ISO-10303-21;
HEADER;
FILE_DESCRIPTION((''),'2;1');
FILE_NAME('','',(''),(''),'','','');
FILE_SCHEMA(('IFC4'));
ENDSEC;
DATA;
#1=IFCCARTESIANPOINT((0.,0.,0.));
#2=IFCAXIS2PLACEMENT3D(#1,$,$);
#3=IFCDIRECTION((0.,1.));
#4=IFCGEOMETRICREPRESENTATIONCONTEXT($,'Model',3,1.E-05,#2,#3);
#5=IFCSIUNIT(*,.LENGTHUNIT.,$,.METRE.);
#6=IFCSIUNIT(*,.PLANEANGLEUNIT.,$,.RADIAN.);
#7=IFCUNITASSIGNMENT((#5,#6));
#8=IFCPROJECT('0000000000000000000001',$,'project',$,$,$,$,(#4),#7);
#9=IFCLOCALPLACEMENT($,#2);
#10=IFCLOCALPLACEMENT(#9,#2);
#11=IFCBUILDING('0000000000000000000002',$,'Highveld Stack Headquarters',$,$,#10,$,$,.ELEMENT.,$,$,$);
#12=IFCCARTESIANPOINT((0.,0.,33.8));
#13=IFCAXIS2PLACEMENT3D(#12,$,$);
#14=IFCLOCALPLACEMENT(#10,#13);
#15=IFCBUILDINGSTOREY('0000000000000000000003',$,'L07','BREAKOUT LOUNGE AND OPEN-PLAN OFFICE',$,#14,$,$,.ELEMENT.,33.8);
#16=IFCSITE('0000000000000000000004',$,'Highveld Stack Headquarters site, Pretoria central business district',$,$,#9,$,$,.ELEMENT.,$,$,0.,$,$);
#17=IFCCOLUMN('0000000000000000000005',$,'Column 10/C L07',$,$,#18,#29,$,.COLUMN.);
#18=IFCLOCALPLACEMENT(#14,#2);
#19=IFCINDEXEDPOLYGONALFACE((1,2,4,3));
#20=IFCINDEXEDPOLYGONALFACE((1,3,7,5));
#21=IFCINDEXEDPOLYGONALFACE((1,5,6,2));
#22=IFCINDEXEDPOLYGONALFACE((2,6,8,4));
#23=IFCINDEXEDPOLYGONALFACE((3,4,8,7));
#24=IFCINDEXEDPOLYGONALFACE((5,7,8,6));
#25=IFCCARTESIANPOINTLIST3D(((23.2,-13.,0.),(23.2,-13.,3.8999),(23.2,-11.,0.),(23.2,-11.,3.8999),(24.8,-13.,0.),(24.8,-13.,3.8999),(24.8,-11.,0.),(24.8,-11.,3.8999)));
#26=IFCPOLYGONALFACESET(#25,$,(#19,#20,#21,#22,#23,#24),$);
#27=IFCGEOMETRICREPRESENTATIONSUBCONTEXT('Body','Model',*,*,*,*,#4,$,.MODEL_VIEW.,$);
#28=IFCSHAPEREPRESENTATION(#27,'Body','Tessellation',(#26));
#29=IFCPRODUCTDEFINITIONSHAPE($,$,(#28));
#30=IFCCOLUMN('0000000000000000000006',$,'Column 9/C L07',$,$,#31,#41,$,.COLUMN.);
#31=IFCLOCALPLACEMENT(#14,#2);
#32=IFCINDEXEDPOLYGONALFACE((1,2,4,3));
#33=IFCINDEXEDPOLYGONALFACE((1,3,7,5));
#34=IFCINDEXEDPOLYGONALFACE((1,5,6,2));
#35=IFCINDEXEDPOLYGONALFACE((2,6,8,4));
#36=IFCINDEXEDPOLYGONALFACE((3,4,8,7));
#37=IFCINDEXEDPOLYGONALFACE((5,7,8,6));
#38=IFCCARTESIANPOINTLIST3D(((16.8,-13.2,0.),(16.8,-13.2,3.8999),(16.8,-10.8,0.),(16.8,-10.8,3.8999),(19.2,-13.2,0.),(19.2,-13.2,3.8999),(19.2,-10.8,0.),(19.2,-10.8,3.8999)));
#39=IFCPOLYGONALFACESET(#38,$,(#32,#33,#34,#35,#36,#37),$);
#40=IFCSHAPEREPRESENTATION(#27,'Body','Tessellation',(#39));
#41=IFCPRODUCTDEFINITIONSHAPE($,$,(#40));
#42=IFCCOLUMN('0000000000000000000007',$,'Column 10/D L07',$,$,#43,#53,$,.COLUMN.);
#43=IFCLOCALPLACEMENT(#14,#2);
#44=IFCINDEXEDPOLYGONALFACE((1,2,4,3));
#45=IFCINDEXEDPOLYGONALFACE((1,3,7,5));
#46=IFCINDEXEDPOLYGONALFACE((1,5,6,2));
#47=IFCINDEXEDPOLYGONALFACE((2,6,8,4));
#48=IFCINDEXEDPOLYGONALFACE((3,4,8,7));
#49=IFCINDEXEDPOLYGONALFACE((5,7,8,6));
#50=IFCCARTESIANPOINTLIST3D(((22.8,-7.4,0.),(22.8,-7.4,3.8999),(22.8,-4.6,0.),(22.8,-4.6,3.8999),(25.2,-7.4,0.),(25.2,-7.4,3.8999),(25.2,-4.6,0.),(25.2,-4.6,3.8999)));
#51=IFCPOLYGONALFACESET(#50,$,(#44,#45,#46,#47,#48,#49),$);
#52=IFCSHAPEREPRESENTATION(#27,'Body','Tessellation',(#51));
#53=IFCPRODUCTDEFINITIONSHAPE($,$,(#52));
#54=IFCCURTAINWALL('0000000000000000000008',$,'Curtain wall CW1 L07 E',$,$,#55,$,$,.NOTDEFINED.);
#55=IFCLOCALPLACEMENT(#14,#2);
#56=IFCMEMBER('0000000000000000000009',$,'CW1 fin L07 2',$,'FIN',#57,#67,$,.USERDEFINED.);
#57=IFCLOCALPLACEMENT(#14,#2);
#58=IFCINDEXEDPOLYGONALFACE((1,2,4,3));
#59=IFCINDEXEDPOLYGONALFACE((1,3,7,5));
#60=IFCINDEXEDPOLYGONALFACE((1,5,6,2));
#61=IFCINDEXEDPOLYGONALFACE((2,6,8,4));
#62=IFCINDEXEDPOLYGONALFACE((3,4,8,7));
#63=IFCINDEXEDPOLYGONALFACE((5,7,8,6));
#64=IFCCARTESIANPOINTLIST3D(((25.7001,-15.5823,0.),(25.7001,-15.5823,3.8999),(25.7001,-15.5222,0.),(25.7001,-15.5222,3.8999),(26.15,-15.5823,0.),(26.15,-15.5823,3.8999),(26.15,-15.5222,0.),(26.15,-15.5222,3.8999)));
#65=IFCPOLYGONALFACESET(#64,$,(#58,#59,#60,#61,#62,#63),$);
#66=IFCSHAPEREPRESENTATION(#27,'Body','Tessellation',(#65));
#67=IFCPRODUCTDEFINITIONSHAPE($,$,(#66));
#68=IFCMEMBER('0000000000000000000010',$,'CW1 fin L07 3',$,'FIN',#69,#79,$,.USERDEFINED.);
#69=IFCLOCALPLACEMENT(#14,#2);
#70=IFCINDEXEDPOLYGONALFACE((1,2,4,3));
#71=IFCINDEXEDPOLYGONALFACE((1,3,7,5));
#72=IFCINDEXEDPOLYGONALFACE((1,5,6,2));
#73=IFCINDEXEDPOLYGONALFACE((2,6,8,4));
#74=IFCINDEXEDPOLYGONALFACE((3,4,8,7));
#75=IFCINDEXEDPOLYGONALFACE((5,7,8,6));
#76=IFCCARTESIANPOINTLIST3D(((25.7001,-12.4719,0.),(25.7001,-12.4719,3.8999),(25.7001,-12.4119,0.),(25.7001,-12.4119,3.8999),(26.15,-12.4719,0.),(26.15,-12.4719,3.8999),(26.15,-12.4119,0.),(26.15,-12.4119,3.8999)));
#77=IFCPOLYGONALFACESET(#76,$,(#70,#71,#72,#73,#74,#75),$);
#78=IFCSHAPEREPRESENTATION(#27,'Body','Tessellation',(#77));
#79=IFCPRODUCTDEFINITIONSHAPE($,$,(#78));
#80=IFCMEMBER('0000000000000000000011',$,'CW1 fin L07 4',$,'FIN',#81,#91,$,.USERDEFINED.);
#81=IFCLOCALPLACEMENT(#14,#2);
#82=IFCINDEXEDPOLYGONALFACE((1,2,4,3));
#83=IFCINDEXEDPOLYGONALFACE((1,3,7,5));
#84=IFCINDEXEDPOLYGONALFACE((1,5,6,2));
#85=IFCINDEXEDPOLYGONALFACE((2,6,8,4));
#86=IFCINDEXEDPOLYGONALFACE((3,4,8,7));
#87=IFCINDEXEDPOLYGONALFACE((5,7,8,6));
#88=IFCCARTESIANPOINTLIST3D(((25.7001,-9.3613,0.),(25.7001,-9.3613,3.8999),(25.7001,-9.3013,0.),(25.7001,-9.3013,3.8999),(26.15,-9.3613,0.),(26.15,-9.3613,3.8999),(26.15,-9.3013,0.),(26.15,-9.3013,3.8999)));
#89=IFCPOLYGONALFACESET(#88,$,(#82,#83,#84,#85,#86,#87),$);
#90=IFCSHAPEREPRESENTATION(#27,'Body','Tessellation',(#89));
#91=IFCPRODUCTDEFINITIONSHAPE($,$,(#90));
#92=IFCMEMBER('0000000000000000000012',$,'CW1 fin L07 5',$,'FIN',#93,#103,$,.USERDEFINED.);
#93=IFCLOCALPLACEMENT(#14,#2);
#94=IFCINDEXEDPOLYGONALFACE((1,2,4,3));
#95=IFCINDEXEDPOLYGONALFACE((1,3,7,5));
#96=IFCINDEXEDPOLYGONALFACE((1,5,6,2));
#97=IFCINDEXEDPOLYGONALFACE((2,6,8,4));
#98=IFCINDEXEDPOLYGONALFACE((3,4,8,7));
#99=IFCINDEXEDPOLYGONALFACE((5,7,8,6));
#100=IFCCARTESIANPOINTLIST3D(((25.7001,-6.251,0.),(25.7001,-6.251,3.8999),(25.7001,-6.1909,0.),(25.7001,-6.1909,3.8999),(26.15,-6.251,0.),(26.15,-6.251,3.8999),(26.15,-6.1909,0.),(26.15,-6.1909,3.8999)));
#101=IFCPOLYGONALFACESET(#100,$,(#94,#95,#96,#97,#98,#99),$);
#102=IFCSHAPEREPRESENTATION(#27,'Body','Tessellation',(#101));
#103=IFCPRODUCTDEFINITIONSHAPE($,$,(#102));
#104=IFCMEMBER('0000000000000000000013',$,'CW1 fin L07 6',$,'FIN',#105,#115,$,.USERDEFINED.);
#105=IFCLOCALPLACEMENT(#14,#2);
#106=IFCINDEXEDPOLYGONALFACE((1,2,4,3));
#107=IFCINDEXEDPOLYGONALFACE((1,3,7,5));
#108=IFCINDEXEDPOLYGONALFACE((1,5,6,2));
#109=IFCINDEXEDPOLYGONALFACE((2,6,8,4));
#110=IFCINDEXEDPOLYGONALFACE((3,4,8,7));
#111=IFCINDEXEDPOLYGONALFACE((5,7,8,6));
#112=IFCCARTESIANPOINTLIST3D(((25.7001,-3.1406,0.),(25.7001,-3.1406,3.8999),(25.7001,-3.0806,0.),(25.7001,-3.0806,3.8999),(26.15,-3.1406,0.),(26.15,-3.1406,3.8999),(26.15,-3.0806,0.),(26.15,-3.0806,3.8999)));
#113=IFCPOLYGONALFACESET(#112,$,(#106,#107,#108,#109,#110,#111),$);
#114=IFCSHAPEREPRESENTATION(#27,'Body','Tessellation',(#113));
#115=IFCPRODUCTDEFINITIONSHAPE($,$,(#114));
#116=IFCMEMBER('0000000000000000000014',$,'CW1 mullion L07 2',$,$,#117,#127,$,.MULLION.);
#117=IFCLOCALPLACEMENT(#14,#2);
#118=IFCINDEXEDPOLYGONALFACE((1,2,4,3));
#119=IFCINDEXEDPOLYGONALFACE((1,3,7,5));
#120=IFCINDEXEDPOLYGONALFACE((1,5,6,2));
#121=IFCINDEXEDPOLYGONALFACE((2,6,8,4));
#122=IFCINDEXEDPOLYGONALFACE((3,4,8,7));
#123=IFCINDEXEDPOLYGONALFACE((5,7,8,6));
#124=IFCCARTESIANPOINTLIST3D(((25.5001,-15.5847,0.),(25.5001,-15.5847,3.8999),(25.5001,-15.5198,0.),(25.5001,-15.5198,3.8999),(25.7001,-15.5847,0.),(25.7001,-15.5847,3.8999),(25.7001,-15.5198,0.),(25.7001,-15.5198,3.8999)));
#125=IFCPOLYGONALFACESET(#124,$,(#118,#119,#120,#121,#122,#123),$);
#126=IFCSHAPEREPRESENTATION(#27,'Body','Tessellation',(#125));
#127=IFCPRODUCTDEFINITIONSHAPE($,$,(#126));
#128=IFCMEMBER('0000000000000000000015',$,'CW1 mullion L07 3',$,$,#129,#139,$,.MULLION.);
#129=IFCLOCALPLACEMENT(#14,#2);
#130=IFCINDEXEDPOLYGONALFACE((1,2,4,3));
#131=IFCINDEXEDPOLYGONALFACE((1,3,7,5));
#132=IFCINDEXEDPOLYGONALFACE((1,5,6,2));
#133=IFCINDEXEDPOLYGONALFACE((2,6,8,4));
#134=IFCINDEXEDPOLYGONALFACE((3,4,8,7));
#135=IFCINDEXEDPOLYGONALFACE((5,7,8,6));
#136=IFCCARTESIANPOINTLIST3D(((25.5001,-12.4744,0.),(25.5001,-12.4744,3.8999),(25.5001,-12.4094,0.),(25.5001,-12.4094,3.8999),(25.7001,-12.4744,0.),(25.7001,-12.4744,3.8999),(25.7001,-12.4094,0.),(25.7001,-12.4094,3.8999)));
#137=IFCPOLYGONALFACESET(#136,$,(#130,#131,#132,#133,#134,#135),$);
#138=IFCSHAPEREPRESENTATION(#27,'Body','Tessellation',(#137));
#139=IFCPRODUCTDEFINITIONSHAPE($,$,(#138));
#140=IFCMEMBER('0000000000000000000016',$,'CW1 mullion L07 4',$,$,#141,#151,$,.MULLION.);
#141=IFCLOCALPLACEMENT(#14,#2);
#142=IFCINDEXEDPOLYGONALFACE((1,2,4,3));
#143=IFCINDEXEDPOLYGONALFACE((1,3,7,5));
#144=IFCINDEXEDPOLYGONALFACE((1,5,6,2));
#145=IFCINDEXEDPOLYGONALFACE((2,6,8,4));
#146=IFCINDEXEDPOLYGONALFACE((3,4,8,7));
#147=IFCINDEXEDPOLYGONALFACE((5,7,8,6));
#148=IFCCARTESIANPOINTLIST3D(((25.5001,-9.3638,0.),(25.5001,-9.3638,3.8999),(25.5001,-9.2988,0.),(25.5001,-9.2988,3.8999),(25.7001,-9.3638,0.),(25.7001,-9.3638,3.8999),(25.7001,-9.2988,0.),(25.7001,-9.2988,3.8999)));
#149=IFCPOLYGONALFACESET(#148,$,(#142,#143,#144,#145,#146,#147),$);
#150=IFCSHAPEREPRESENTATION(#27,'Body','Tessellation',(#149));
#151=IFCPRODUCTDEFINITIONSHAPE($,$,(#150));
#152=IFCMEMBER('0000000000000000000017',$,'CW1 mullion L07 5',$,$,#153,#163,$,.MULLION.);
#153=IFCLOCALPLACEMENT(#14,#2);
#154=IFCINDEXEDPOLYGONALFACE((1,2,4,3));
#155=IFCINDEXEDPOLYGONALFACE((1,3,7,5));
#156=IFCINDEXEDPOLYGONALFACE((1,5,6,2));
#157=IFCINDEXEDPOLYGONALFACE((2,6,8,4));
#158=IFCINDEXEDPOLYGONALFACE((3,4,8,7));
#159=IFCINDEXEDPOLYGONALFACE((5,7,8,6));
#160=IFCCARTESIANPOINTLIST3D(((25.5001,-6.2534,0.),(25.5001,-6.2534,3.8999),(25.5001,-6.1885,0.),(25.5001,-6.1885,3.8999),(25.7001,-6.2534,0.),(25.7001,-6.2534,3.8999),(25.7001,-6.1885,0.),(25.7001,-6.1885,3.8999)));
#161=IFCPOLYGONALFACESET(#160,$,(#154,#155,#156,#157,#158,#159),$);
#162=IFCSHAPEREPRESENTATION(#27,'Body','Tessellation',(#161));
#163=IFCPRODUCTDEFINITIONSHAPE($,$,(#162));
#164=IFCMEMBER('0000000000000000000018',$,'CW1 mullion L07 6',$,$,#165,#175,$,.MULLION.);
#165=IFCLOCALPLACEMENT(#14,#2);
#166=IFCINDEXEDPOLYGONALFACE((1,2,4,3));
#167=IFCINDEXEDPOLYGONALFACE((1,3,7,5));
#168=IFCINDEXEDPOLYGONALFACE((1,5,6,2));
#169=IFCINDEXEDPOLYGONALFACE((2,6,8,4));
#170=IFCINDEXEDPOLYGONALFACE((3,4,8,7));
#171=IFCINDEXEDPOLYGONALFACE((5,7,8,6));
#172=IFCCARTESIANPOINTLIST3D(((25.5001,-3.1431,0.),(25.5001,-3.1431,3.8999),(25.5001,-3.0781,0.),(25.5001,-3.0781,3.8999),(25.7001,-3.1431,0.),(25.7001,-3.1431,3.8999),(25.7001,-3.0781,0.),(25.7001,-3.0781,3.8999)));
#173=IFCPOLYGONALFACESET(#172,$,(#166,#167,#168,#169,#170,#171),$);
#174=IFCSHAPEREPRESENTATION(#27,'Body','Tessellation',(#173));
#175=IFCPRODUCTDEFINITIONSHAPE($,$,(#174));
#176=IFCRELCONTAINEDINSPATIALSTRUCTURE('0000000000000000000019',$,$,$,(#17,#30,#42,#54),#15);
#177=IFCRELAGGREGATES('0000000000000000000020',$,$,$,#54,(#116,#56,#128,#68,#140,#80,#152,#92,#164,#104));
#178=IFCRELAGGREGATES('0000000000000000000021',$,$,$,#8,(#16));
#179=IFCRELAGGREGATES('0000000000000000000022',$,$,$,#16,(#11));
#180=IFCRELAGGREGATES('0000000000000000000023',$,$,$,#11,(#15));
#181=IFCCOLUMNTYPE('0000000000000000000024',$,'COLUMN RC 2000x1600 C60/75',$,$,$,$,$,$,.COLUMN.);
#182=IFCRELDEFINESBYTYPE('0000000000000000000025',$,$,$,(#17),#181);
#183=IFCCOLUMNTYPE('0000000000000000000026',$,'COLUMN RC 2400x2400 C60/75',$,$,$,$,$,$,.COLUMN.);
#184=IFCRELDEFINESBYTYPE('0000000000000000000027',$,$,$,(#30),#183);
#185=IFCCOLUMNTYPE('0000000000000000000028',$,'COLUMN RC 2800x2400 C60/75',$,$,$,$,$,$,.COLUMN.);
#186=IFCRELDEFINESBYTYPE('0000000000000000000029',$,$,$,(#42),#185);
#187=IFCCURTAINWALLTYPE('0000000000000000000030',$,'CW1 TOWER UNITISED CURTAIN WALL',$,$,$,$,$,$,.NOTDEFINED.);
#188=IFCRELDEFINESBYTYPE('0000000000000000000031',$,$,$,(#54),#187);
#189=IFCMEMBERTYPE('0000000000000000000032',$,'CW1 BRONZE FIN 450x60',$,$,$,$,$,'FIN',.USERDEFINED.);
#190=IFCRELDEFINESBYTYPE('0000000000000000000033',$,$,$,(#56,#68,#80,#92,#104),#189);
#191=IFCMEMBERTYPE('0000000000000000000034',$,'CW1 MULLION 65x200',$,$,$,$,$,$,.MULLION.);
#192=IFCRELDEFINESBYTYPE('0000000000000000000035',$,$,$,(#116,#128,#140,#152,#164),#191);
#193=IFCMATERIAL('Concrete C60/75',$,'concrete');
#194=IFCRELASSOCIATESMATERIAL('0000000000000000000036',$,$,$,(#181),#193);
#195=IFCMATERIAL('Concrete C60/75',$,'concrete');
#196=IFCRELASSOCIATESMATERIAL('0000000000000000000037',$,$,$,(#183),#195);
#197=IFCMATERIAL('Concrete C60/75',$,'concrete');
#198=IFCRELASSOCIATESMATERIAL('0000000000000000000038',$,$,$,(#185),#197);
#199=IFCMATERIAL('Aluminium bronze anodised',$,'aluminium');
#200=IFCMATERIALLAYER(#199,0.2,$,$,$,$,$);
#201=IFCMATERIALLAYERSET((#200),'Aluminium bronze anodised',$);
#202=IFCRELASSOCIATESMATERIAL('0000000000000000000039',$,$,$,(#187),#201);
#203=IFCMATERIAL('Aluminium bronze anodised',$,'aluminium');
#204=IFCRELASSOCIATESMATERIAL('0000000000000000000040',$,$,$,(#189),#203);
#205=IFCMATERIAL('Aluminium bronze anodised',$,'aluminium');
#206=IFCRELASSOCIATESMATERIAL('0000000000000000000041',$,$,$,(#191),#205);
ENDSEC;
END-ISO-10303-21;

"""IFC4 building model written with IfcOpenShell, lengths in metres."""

from ifc_helpers import new_model, si_unit, direction, frame, origin, origin_2d, place, context, subcontext, project, spatial, rectangle, extrude, material, layer, layer_set, material_profile, profile_set, type_object, element, aggregate, save


model = new_model("IFC4")

# Units and contexts
model_context = context("Model", 3, precision=1e-05, world=origin(), true_north=direction((0.0, 1.0)))
body_context = subcontext(model_context, "Body", "Model", "MODEL_VIEW")
ifc_project = project(units=[si_unit("LENGTHUNIT", "METRE"), si_unit("PLANEANGLEUNIT", "RADIAN")], contexts=[model_context])

# Site, building, storey
site_placement = place(None, origin())
site = spatial("IfcSite", under=ifc_project, at=site_placement, Name="Highveld Stack Headquarters site, Pretoria central business district", CompositionType="ELEMENT", RefElevation=0.0)
building_placement = place(site_placement, origin())
building = spatial("IfcBuilding", under=site, at=building_placement, Name="Highveld Stack Headquarters", CompositionType="ELEMENT")
storey_placement = place(building_placement, frame((0.0, 0.0, 33.8)))
storey = spatial("IfcBuildingStorey", under=building, at=storey_placement, Name="L07", Description="BREAKOUT LOUNGE AND OPEN-PLAN OFFICE", CompositionType="ELEMENT", Elevation=33.8)

# Columns
ifc_material_1 = material(Name="Concrete C60/75", Category="concrete")
ifc_material_profile_1 = material_profile(ifc_material_1, rectangle(XDim=2.0, YDim=1.6001, at=origin_2d()), Name="RC 2000x1600")
ifc_profile_set_1 = profile_set([ifc_material_profile_1], Name="Concrete C60/75")
column_type_1 = type_object("IfcColumnType", Name="COLUMN RC 2000x1600 C60/75", PredefinedType="COLUMN", material=ifc_profile_set_1)
column_1_placement = place(storey_placement, frame((24.0, -12.0, 0.0), z_axis=(0.0, 0.0, 1.0), x_axis=(0.0, 1.0, 0.0)))
element("IfcColumn", 1, at=column_1_placement, inside=storey, type_object=column_type_1, Name="Column 10/C L07", PredefinedType="COLUMN", context=body_context, shape_type="SweptSolid", body=[
    extrude(rectangle(XDim=2.0, YDim=1.6001, at=origin_2d()), origin(), (0.0, 0.0, 1.0), 3.8999),
])
ifc_material_2 = material(Name="Concrete C60/75", Category="concrete")
ifc_material_profile_2 = material_profile(ifc_material_2, rectangle(XDim=2.3999, YDim=2.3999, at=origin_2d()), Name="RC 2400x2400")
ifc_profile_set_2 = profile_set([ifc_material_profile_2], Name="Concrete C60/75")
column_type_2 = type_object("IfcColumnType", Name="COLUMN RC 2400x2400 C60/75", PredefinedType="COLUMN", material=ifc_profile_set_2)
column_2_placement = place(storey_placement, frame((18.0, -12.0, 0.0), z_axis=(0.0, 0.0, 1.0), x_axis=(1.0, 0.0, 0.0)))
element("IfcColumn", 2, at=column_2_placement, inside=storey, type_object=column_type_2, Name="Column 9/C L07", PredefinedType="COLUMN", context=body_context, shape_type="SweptSolid", body=[
    extrude(rectangle(XDim=2.3999, YDim=2.3999, at=origin_2d()), origin(), (0.0, 0.0, 1.0), 3.8999),
])
ifc_material_3 = material(Name="Concrete C60/75", Category="concrete")
ifc_material_profile_3 = material_profile(ifc_material_3, rectangle(XDim=2.8, YDim=2.3999, at=origin_2d()), Name="RC 2800x2400")
ifc_profile_set_3 = profile_set([ifc_material_profile_3], Name="Concrete C60/75")
column_type_3 = type_object("IfcColumnType", Name="COLUMN RC 2800x2400 C60/75", PredefinedType="COLUMN", material=ifc_profile_set_3)
column_3_placement = place(storey_placement, frame((24.0, -6.0, 0.0), z_axis=(0.0, 0.0, 1.0), x_axis=(0.0, 1.0, 0.0)))
element("IfcColumn", 3, at=column_3_placement, inside=storey, type_object=column_type_3, Name="Column 10/D L07", PredefinedType="COLUMN", context=body_context, shape_type="SweptSolid", body=[
    extrude(rectangle(XDim=2.8, YDim=2.3999, at=origin_2d()), origin(), (0.0, 0.0, 1.0), 3.8999),
])

# Curtain wall, members
ifc_material_4 = material(Name="Aluminium bronze anodised", Category="aluminium")
ifc_layer_1 = layer(ifc_material_4, 0.2)
ifc_layer_set_1 = layer_set([ifc_layer_1], Name="Aluminium bronze anodised")
curtain_wall_type = type_object("IfcCurtainWallType", Name="CW1 TOWER UNITISED CURTAIN WALL", PredefinedType="NOTDEFINED", material=ifc_layer_set_1)
curtain_wall_placement = place(storey_placement, origin())
curtain_wall = element("IfcCurtainWall", 4, at=curtain_wall_placement, inside=storey, type_object=curtain_wall_type, Name="Curtain wall CW1 L07 E", PredefinedType="NOTDEFINED")
ifc_material_5 = material(Name="Aluminium bronze anodised", Category="aluminium")
ifc_material_profile_4 = material_profile(ifc_material_5, rectangle(XDim=0.45, YDim=0.0601, at=origin_2d()), Name="FIN 450x60")
ifc_profile_set_4 = profile_set([ifc_material_profile_4], Name="Aluminium bronze anodised")
member_type_1 = type_object("IfcMemberType", Name="CW1 BRONZE FIN 450x60", ElementType="FIN", PredefinedType="USERDEFINED", material=ifc_profile_set_4)
member_1_placement = place(storey_placement, frame((25.925, -15.5522, 0.0), z_axis=(0.0, 0.0, 1.0), x_axis=(-1.0, 0.0, 0.0)))
member_1 = element("IfcMember", 5, at=member_1_placement, type_object=member_type_1, Name="CW1 fin L07 2", ObjectType="FIN", PredefinedType="USERDEFINED", context=body_context, shape_type="SweptSolid", body=[
    extrude(rectangle(XDim=0.45, YDim=0.0601, at=origin_2d()), origin(), (0.0, 0.0, 1.0), 3.8999),
])
member_2_placement = place(storey_placement, frame((25.925, -12.4419, 0.0), z_axis=(0.0, 0.0, 1.0), x_axis=(-1.0, 0.0, 0.0)))
member_2 = element("IfcMember", 6, at=member_2_placement, type_object=member_type_1, Name="CW1 fin L07 3", ObjectType="FIN", PredefinedType="USERDEFINED", context=body_context, shape_type="SweptSolid", body=[
    extrude(rectangle(XDim=0.45, YDim=0.0601, at=origin_2d()), origin(), (0.0, 0.0, 1.0), 3.8999),
])
member_3_placement = place(storey_placement, frame((25.925, -9.3313, 0.0), z_axis=(0.0, 0.0, 1.0), x_axis=(-1.0, 0.0, 0.0)))
member_3 = element("IfcMember", 7, at=member_3_placement, type_object=member_type_1, Name="CW1 fin L07 4", ObjectType="FIN", PredefinedType="USERDEFINED", context=body_context, shape_type="SweptSolid", body=[
    extrude(rectangle(XDim=0.45, YDim=0.0601, at=origin_2d()), origin(), (0.0, 0.0, 1.0), 3.8999),
])
member_4_placement = place(storey_placement, frame((25.925, -6.2209, 0.0), z_axis=(0.0, 0.0, 1.0), x_axis=(-1.0, 0.0, 0.0)))
member_4 = element("IfcMember", 8, at=member_4_placement, type_object=member_type_1, Name="CW1 fin L07 5", ObjectType="FIN", PredefinedType="USERDEFINED", context=body_context, shape_type="SweptSolid", body=[
    extrude(rectangle(XDim=0.45, YDim=0.0601, at=origin_2d()), origin(), (0.0, 0.0, 1.0), 3.8999),
])
member_5_placement = place(storey_placement, frame((25.925, -3.1106, 0.0), z_axis=(0.0, 0.0, 1.0), x_axis=(-1.0, 0.0, 0.0)))
member_5 = element("IfcMember", 9, at=member_5_placement, type_object=member_type_1, Name="CW1 fin L07 6", ObjectType="FIN", PredefinedType="USERDEFINED", context=body_context, shape_type="SweptSolid", body=[
    extrude(rectangle(XDim=0.45, YDim=0.0601, at=origin_2d()), origin(), (0.0, 0.0, 1.0), 3.8999),
])
ifc_material_6 = material(Name="Aluminium bronze anodised", Category="aluminium")
ifc_material_profile_5 = material_profile(ifc_material_6, rectangle(XDim=0.2, YDim=0.0649, at=origin_2d()), Name="CW1 MULLION 65x200")
ifc_profile_set_5 = profile_set([ifc_material_profile_5], Name="Aluminium bronze anodised")
member_type_2 = type_object("IfcMemberType", Name="CW1 MULLION 65x200", PredefinedType="MULLION", material=ifc_profile_set_5)
member_6_placement = place(storey_placement, frame((25.6001, -15.5522, 0.0), z_axis=(0.0, 0.0, 1.0), x_axis=(-1.0, 0.0, 0.0)))
member_6 = element("IfcMember", 10, at=member_6_placement, type_object=member_type_2, Name="CW1 mullion L07 2", PredefinedType="MULLION", context=body_context, shape_type="SweptSolid", body=[
    extrude(rectangle(XDim=0.2, YDim=0.0649, at=origin_2d()), origin(), (0.0, 0.0, 1.0), 3.8999),
])
member_7_placement = place(storey_placement, frame((25.6001, -12.4419, 0.0), z_axis=(0.0, 0.0, 1.0), x_axis=(-1.0, 0.0, 0.0)))
member_7 = element("IfcMember", 11, at=member_7_placement, type_object=member_type_2, Name="CW1 mullion L07 3", PredefinedType="MULLION", context=body_context, shape_type="SweptSolid", body=[
    extrude(rectangle(XDim=0.2, YDim=0.0649, at=origin_2d()), origin(), (0.0, 0.0, 1.0), 3.8999),
])
member_8_placement = place(storey_placement, frame((25.6001, -9.3313, 0.0), z_axis=(0.0, 0.0, 1.0), x_axis=(-1.0, 0.0, 0.0)))
member_8 = element("IfcMember", 12, at=member_8_placement, type_object=member_type_2, Name="CW1 mullion L07 4", PredefinedType="MULLION", context=body_context, shape_type="SweptSolid", body=[
    extrude(rectangle(XDim=0.2, YDim=0.0649, at=origin_2d()), origin(), (0.0, 0.0, 1.0), 3.8999),
])
member_9_placement = place(storey_placement, frame((25.6001, -6.2209, 0.0), z_axis=(0.0, 0.0, 1.0), x_axis=(-1.0, 0.0, 0.0)))
member_9 = element("IfcMember", 13, at=member_9_placement, type_object=member_type_2, Name="CW1 mullion L07 5", PredefinedType="MULLION", context=body_context, shape_type="SweptSolid", body=[
    extrude(rectangle(XDim=0.2, YDim=0.0649, at=origin_2d()), origin(), (0.0, 0.0, 1.0), 3.8999),
])
member_10_placement = place(storey_placement, frame((25.6001, -3.1106, 0.0), z_axis=(0.0, 0.0, 1.0), x_axis=(-1.0, 0.0, 0.0)))
member_10 = element("IfcMember", 14, at=member_10_placement, type_object=member_type_2, Name="CW1 mullion L07 6", PredefinedType="MULLION", context=body_context, shape_type="SweptSolid", body=[
    extrude(rectangle(XDim=0.2, YDim=0.0649, at=origin_2d()), origin(), (0.0, 0.0, 1.0), 3.8999),
])
aggregate(curtain_wall, [member_6, member_1, member_7, member_2, member_8, member_3, member_9, member_4, member_10, member_5])

save(model, "model.ifc")
